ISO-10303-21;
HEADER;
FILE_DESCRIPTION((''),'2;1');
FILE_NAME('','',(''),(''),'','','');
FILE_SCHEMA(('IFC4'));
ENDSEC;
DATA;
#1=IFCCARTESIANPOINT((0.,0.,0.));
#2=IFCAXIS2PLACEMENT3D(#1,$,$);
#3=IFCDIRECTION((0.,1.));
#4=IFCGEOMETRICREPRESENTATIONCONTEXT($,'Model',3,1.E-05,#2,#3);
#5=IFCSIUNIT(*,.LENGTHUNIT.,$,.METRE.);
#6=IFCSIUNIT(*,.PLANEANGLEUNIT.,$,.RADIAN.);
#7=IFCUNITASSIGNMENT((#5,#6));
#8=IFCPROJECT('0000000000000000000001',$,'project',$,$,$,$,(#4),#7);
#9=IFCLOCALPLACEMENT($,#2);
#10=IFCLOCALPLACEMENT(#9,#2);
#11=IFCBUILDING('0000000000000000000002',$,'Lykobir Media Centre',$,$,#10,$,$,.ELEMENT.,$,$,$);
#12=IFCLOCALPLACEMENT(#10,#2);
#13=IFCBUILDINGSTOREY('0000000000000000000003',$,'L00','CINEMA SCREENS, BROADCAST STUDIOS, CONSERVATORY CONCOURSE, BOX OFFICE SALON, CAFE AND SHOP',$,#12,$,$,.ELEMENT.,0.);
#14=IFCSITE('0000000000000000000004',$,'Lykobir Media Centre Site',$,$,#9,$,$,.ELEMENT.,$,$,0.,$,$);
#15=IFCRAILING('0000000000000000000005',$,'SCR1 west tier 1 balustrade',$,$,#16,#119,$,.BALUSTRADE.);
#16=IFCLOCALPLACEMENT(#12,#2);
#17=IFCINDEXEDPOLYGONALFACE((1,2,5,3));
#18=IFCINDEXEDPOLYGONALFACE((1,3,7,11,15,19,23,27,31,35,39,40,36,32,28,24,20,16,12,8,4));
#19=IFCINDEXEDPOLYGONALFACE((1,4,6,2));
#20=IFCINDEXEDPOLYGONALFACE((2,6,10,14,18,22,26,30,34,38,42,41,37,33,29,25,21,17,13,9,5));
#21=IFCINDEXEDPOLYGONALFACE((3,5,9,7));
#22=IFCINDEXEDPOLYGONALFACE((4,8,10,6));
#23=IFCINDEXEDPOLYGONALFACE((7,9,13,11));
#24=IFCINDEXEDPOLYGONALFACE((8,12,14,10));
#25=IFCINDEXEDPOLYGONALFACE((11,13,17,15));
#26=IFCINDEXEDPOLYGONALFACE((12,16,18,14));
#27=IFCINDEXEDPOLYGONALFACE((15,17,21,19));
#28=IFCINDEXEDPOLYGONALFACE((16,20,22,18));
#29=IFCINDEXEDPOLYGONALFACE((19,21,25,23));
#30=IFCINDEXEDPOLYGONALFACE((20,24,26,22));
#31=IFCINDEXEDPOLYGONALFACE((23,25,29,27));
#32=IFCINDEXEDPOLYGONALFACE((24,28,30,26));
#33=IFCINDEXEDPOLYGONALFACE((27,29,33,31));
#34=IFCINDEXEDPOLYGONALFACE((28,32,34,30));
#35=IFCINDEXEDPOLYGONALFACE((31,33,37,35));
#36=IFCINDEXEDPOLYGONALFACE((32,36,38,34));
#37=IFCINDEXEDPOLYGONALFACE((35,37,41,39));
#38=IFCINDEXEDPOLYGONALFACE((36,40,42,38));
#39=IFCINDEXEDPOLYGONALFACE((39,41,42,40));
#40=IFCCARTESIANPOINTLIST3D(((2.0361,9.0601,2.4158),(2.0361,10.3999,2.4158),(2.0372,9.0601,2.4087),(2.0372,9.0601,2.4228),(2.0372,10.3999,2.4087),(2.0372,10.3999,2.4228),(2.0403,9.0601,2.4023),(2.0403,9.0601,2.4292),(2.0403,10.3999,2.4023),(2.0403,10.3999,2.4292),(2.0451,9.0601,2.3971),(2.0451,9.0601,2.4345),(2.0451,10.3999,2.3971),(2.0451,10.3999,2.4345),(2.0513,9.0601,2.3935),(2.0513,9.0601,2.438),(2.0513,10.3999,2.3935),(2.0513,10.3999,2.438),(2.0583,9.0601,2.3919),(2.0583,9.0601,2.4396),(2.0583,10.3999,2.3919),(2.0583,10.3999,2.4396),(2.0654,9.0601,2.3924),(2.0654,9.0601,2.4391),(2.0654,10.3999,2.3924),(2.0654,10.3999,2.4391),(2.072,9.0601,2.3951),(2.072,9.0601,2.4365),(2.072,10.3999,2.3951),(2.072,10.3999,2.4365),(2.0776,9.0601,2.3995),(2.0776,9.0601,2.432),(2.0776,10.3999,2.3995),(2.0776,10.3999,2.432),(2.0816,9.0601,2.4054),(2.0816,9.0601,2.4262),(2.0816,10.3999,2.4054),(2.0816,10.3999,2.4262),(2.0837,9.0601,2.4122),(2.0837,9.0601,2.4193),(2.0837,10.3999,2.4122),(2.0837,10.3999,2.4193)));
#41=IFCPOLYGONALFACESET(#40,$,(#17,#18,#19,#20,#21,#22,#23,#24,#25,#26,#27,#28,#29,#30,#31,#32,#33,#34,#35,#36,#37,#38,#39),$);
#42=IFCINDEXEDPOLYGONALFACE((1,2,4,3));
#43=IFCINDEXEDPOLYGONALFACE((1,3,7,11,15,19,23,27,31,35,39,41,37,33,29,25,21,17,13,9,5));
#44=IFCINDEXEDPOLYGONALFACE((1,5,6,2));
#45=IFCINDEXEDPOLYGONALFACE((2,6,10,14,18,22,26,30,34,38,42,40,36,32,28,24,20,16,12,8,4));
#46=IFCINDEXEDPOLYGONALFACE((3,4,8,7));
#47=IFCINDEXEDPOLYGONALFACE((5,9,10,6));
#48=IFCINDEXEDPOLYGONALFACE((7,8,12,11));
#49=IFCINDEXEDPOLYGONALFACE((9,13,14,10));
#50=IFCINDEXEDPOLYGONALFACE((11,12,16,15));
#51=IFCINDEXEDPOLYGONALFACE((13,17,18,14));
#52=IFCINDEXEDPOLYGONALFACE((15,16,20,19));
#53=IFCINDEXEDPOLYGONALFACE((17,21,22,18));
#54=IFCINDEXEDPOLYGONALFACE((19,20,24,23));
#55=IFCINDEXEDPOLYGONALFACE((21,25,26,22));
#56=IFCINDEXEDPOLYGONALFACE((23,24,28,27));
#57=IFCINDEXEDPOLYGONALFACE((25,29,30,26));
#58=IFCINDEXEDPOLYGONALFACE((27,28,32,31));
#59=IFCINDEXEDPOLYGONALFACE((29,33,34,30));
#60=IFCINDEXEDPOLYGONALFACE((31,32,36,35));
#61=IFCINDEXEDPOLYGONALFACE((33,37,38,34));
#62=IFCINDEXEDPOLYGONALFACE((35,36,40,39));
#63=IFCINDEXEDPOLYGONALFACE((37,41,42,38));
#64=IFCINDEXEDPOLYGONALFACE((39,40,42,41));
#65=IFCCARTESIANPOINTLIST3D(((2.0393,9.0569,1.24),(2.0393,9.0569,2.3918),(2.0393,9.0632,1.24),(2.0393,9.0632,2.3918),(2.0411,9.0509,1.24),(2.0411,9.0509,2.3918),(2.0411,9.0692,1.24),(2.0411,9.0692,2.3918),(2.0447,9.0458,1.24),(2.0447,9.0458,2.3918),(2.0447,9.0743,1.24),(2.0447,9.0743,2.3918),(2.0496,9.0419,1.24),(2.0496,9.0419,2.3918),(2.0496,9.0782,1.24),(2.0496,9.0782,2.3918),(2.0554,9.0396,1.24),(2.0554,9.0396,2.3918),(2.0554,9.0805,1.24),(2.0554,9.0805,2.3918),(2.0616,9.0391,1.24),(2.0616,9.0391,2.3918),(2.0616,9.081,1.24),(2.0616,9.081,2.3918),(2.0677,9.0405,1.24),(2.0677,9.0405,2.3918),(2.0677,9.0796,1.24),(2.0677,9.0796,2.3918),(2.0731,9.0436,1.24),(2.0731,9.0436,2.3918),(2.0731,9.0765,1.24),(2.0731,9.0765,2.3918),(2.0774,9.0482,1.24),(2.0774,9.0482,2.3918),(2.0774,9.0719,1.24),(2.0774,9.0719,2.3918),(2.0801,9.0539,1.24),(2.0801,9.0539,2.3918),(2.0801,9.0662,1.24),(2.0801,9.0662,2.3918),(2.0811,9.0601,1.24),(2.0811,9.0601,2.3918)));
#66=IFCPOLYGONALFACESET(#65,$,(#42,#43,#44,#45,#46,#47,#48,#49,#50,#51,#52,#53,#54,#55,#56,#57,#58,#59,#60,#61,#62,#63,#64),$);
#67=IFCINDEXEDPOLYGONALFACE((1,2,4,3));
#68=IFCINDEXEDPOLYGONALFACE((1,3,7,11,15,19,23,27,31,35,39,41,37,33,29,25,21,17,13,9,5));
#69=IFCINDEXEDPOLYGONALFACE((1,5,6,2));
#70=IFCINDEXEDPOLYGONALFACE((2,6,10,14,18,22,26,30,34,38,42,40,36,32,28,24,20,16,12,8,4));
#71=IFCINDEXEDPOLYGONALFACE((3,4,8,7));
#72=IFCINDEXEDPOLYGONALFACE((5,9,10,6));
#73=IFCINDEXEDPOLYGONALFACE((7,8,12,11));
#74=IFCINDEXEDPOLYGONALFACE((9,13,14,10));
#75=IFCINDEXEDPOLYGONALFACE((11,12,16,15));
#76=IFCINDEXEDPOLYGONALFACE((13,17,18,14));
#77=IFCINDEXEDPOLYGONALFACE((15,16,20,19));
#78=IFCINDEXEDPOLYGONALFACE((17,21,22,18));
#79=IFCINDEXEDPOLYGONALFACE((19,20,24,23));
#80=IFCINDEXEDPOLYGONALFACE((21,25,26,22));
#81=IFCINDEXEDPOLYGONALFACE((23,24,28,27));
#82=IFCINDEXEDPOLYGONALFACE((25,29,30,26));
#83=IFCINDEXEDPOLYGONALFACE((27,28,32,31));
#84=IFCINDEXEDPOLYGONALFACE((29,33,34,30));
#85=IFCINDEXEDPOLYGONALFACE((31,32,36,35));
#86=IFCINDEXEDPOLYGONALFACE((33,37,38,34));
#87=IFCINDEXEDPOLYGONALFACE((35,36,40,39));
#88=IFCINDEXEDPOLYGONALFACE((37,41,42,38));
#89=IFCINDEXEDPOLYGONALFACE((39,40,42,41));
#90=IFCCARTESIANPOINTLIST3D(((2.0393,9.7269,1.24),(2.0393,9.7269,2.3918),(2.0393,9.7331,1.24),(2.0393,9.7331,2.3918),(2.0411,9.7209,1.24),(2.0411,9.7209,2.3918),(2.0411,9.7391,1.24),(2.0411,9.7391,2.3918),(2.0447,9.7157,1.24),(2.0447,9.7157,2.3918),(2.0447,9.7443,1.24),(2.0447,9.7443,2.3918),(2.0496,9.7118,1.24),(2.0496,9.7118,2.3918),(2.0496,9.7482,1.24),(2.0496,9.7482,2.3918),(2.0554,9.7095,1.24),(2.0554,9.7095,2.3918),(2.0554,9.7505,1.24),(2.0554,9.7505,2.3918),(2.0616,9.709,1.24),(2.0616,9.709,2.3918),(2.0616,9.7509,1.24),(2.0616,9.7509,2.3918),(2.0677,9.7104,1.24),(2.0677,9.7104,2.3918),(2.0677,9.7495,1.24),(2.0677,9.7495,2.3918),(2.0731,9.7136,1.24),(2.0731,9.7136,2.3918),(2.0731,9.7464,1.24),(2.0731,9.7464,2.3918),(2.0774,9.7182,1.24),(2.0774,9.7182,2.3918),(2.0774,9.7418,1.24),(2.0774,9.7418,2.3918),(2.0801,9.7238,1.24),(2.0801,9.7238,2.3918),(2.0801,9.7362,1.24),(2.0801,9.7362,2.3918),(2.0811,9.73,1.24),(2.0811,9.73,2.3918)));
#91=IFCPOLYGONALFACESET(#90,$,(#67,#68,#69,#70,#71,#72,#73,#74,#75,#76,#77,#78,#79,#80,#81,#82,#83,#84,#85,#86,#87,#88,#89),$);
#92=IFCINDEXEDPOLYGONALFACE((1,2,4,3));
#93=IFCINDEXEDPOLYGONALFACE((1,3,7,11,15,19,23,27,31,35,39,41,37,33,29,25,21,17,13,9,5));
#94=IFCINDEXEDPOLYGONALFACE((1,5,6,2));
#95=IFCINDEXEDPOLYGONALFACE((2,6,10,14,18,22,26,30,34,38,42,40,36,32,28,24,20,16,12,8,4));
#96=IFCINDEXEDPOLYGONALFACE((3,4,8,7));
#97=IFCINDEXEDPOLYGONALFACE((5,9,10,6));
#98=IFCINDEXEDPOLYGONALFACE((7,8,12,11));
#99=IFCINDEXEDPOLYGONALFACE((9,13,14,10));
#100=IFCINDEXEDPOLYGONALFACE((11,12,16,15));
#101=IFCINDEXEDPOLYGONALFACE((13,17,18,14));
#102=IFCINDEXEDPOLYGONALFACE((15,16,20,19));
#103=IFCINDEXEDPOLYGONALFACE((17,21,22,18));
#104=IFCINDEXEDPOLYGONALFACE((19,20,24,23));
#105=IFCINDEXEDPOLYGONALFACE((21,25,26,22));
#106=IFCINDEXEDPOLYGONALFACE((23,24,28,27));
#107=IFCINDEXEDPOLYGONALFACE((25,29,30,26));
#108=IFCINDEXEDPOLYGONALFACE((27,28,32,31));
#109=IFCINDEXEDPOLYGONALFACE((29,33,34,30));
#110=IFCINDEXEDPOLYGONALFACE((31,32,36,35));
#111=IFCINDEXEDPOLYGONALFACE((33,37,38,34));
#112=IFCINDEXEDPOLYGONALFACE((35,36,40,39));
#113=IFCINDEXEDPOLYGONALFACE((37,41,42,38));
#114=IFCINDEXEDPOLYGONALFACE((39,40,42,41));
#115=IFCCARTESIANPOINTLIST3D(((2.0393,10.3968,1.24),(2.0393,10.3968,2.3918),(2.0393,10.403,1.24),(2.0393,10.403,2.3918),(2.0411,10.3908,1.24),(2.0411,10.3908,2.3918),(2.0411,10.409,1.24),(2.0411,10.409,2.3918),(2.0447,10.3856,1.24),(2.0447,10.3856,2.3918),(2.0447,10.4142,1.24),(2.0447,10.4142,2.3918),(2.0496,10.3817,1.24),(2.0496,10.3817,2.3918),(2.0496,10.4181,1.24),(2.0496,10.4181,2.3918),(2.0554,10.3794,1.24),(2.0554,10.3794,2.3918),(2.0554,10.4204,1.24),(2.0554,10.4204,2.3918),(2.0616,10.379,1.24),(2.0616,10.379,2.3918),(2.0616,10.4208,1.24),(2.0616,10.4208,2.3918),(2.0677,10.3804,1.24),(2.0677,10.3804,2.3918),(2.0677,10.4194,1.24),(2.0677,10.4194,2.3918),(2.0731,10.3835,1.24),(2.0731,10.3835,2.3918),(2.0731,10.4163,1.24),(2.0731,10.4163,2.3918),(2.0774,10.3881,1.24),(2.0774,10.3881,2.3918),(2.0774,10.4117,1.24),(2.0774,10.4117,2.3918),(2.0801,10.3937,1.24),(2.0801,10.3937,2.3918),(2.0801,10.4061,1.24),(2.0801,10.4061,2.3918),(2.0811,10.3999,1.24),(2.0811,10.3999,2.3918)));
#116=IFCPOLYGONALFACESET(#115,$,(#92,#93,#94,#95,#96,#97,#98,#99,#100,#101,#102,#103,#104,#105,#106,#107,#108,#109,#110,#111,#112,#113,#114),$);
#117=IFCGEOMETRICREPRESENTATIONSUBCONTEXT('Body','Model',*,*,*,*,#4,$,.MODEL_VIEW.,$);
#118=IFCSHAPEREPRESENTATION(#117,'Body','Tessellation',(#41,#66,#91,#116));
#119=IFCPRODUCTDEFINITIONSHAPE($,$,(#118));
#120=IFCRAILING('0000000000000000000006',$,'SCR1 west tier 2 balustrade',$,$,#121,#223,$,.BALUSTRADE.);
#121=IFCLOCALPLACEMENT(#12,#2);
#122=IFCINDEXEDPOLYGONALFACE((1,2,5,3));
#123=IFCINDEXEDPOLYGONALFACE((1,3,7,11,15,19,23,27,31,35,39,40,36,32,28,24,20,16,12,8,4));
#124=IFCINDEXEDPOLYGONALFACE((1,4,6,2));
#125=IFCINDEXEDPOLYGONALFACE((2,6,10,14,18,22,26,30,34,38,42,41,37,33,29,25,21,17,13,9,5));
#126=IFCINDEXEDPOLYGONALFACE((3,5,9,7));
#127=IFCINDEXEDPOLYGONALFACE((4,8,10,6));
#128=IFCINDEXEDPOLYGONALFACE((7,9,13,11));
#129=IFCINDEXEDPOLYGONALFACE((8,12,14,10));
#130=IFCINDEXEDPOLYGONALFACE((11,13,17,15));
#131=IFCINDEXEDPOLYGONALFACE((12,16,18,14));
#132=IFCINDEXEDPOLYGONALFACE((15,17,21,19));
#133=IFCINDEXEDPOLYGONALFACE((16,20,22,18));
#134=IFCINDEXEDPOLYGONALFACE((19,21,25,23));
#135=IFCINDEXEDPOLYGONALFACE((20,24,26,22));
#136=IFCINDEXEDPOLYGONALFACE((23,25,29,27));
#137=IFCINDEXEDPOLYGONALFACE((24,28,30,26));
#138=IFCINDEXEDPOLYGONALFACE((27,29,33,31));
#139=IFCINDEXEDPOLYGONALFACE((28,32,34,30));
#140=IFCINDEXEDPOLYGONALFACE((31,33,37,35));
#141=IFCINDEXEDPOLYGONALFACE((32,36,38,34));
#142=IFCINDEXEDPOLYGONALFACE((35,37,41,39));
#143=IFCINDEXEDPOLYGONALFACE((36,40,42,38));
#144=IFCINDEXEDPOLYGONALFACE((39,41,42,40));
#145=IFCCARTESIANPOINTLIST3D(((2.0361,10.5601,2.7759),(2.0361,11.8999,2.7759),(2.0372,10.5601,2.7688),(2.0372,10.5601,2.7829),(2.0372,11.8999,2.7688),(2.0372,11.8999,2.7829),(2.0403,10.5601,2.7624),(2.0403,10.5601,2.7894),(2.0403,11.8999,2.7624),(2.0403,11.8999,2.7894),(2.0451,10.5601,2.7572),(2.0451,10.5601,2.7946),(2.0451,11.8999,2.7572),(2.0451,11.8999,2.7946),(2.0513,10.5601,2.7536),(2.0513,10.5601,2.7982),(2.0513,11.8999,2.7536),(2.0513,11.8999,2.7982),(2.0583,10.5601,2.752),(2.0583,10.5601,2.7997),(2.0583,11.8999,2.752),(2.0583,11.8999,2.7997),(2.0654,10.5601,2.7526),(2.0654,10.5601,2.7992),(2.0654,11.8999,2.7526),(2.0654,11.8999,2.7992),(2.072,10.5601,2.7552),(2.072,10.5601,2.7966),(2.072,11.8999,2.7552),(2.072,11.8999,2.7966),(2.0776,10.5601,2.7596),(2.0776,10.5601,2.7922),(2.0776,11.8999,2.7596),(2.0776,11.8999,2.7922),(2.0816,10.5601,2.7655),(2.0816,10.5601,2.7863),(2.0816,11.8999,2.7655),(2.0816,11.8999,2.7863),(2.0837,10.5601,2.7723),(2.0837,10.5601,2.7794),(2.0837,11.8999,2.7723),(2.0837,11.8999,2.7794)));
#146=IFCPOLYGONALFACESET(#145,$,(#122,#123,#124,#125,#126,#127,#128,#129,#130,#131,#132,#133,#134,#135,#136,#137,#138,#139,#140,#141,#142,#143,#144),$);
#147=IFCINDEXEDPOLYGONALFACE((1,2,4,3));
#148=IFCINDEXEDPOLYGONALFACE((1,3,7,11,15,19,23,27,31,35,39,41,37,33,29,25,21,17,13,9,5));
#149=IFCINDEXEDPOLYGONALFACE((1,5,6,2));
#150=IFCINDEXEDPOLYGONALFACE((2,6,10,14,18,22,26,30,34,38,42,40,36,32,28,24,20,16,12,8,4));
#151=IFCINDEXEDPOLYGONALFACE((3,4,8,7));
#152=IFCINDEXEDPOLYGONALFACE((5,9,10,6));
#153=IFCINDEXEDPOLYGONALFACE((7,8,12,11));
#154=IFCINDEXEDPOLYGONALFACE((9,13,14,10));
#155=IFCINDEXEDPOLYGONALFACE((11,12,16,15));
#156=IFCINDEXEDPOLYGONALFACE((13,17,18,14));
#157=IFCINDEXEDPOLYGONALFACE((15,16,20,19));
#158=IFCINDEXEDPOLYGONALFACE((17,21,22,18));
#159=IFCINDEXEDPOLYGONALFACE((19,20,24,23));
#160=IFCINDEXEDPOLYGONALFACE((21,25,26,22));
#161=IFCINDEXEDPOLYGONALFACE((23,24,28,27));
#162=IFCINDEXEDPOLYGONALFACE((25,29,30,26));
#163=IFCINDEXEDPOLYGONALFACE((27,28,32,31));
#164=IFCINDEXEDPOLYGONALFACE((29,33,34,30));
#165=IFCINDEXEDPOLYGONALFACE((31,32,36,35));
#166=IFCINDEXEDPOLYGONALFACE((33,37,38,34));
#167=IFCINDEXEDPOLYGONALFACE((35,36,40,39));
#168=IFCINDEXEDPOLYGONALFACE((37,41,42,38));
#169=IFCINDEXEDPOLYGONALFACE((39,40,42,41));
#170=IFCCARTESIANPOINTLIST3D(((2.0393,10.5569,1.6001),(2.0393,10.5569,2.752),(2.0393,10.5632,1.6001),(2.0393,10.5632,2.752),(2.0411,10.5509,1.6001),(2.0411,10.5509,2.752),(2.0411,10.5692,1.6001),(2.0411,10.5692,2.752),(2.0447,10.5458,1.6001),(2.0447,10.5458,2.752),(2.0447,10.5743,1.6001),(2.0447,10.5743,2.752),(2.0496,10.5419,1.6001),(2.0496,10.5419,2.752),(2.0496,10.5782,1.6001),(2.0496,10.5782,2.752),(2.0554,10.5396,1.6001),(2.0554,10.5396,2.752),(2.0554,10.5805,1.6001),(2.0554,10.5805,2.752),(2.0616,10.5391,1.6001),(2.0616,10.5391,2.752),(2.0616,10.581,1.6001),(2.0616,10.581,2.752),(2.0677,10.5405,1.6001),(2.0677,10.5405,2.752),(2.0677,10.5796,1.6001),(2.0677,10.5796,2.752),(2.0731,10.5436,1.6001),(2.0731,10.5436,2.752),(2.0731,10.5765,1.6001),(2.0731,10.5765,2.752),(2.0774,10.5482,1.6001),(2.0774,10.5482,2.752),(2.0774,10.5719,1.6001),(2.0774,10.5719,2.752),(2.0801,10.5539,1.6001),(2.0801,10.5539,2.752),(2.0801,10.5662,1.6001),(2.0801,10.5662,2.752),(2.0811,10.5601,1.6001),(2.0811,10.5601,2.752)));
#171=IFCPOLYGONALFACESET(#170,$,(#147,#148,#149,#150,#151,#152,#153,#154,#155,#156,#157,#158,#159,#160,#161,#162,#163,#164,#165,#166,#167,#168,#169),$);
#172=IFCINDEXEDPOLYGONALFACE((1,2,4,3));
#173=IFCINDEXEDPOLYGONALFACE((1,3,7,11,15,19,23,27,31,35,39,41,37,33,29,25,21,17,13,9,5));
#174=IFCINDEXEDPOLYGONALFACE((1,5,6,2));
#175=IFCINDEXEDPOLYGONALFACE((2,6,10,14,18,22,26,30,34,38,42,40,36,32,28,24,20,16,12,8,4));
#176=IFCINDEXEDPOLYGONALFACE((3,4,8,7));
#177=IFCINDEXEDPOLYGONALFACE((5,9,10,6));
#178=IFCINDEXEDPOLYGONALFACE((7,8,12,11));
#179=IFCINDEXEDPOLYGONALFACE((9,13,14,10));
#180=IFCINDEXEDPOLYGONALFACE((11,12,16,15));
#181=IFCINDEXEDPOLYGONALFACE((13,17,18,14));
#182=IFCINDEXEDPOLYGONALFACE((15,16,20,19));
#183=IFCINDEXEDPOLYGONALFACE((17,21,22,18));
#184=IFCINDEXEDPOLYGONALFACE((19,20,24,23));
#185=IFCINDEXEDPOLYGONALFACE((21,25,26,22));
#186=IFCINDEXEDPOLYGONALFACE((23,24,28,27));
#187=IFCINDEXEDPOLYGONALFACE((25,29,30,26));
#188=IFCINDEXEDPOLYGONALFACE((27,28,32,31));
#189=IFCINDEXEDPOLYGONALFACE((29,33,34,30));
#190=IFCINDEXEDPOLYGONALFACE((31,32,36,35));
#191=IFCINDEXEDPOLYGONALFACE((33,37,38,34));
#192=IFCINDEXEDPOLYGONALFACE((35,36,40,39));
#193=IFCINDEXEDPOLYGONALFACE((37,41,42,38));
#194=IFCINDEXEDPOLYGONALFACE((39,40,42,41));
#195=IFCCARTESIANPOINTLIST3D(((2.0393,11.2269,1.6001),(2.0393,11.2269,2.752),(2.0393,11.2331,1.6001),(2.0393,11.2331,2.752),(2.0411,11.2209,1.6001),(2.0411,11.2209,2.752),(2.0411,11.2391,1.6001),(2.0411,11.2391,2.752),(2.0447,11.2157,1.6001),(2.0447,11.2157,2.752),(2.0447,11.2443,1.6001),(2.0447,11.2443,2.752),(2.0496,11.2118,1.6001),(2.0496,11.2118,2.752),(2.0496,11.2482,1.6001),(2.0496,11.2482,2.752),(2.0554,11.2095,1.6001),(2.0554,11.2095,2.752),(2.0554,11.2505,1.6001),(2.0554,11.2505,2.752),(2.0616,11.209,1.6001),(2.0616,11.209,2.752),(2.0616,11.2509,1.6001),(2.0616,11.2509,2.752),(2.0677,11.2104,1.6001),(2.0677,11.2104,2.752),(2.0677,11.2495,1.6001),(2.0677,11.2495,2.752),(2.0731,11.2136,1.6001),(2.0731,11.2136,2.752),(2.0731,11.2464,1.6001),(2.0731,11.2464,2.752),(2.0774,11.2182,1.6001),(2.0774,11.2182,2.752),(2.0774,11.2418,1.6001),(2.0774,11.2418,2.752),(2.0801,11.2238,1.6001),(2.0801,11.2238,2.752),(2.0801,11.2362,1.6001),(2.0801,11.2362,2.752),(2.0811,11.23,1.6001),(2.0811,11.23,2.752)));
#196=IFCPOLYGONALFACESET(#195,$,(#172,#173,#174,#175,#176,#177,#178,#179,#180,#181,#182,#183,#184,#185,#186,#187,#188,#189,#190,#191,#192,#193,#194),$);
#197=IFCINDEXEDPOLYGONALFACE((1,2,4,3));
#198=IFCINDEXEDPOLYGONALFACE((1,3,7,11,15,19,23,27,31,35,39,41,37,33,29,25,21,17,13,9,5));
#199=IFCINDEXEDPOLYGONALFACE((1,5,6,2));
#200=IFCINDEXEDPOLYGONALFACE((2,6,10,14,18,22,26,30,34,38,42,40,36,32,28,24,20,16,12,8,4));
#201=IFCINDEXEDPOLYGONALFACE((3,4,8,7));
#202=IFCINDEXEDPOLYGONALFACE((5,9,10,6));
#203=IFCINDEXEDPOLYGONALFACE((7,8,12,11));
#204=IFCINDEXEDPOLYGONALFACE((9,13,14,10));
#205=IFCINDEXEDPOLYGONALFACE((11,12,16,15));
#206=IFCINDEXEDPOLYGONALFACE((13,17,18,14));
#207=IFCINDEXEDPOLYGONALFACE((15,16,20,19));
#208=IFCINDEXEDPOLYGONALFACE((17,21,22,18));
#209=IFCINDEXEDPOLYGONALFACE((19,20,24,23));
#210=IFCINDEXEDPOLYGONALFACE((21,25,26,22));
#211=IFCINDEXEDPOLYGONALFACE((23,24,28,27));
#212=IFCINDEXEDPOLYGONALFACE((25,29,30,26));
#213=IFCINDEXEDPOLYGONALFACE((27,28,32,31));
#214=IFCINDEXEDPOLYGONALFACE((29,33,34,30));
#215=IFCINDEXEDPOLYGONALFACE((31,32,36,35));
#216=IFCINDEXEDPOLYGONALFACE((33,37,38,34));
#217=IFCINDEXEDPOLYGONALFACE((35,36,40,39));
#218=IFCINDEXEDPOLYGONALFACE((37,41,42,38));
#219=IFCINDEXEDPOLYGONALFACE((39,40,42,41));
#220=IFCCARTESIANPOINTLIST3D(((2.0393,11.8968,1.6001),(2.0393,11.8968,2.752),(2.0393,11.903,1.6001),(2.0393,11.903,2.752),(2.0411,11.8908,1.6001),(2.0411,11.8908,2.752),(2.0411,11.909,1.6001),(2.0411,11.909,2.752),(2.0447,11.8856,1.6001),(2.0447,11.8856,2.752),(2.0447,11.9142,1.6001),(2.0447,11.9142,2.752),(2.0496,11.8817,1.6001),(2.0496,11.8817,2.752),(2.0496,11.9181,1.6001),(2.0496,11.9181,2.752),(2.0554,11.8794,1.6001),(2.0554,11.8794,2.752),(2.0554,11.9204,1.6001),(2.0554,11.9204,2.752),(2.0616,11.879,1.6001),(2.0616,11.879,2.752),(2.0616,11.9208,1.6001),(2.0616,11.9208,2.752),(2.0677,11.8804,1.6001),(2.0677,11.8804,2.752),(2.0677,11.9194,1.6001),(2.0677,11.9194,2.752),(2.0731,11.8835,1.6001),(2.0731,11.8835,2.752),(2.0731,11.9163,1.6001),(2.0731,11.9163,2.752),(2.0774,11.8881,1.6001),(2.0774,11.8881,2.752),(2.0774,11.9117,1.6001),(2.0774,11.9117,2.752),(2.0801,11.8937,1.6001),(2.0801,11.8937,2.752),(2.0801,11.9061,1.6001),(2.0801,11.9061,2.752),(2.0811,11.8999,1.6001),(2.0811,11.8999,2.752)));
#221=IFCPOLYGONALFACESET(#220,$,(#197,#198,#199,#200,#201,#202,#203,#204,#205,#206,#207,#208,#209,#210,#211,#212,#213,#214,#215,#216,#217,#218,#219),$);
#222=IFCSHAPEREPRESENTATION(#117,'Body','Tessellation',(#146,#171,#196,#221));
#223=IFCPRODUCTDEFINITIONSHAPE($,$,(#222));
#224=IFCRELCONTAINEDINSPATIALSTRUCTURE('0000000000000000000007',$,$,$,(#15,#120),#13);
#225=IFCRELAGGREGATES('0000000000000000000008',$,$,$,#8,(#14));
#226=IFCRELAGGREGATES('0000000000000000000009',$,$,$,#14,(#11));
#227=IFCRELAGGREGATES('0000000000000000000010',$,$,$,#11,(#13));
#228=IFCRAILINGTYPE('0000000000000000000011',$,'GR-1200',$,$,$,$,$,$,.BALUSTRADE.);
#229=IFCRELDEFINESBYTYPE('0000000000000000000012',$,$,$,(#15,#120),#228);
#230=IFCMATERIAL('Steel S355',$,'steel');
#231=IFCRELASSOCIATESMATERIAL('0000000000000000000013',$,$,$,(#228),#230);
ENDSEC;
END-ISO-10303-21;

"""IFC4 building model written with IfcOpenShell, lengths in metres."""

from ifc_helpers import new_model, si_unit, direction, frame, origin, origin_2d, place, context, subcontext, project, spatial, circle, extrude, material, type_object, element, save


model = new_model("IFC4")

# Units and contexts
model_context = context("Model", 3, precision=1e-05, world=origin(), true_north=direction((0.0, 1.0)))
body_context = subcontext(model_context, "Body", "Model", "MODEL_VIEW")
ifc_project = project(units=[si_unit("LENGTHUNIT", "METRE"), si_unit("PLANEANGLEUNIT", "RADIAN")], contexts=[model_context])

# Site, building, storey
site_placement = place(None, origin())
site = spatial("IfcSite", under=ifc_project, at=site_placement, Name="Lykobir Media Centre Site", CompositionType="ELEMENT", RefElevation=0.0)
building_placement = place(site_placement, origin())
building = spatial("IfcBuilding", under=site, at=building_placement, Name="Lykobir Media Centre", CompositionType="ELEMENT")
storey_placement = place(building_placement, origin())
storey = spatial("IfcBuildingStorey", under=building, at=storey_placement, Name="L00", Description="CINEMA SCREENS, BROADCAST STUDIOS, CONSERVATORY CONCOURSE, BOX OFFICE SALON, CAFE AND SHOP", CompositionType="ELEMENT", Elevation=0.0)

# Shared definitions
ifc_material_1 = material(Name="Steel S355", Category="steel")

# Railings
railing_type = type_object("IfcRailingType", Name="GR-1200", PredefinedType="BALUSTRADE", material=ifc_material_1)
for number, where, name in (
    (1, (2.0601, 9.0601, 1.24), "SCR1 west tier 1 balustrade"),
    (2, (2.0601, 10.5601, 1.6001), "SCR1 west tier 2 balustrade"),
):
    element("IfcRailing", number, at=place(storey_placement, frame(where)), inside=storey, type_object=railing_type, Name=name, PredefinedType="BALUSTRADE", context=body_context, shape_type="SweptSolid", body=[
        extrude(circle(Radius=0.0239, at=origin_2d()), frame((0.0, 0.0, 1.1758), z_axis=(0.0, 1.0, 0.0), x_axis=(-1.0, 0.0, 0.0)), (0.0, 0.0, 1.0), 1.3398),
        extrude(circle(Radius=0.021, at=origin_2d()), origin(), (0.0, 0.0, 1.0), 1.1519),
        extrude(circle(Radius=0.021, at=origin_2d()), frame((0.0, 0.6699, 0.0)), (0.0, 0.0, 1.0), 1.1519),
        extrude(circle(Radius=0.021, at=origin_2d()), frame((0.0, 1.3398, 0.0)), (0.0, 0.0, 1.0), 1.1519),
    ])

save(model, "model.ifc")
